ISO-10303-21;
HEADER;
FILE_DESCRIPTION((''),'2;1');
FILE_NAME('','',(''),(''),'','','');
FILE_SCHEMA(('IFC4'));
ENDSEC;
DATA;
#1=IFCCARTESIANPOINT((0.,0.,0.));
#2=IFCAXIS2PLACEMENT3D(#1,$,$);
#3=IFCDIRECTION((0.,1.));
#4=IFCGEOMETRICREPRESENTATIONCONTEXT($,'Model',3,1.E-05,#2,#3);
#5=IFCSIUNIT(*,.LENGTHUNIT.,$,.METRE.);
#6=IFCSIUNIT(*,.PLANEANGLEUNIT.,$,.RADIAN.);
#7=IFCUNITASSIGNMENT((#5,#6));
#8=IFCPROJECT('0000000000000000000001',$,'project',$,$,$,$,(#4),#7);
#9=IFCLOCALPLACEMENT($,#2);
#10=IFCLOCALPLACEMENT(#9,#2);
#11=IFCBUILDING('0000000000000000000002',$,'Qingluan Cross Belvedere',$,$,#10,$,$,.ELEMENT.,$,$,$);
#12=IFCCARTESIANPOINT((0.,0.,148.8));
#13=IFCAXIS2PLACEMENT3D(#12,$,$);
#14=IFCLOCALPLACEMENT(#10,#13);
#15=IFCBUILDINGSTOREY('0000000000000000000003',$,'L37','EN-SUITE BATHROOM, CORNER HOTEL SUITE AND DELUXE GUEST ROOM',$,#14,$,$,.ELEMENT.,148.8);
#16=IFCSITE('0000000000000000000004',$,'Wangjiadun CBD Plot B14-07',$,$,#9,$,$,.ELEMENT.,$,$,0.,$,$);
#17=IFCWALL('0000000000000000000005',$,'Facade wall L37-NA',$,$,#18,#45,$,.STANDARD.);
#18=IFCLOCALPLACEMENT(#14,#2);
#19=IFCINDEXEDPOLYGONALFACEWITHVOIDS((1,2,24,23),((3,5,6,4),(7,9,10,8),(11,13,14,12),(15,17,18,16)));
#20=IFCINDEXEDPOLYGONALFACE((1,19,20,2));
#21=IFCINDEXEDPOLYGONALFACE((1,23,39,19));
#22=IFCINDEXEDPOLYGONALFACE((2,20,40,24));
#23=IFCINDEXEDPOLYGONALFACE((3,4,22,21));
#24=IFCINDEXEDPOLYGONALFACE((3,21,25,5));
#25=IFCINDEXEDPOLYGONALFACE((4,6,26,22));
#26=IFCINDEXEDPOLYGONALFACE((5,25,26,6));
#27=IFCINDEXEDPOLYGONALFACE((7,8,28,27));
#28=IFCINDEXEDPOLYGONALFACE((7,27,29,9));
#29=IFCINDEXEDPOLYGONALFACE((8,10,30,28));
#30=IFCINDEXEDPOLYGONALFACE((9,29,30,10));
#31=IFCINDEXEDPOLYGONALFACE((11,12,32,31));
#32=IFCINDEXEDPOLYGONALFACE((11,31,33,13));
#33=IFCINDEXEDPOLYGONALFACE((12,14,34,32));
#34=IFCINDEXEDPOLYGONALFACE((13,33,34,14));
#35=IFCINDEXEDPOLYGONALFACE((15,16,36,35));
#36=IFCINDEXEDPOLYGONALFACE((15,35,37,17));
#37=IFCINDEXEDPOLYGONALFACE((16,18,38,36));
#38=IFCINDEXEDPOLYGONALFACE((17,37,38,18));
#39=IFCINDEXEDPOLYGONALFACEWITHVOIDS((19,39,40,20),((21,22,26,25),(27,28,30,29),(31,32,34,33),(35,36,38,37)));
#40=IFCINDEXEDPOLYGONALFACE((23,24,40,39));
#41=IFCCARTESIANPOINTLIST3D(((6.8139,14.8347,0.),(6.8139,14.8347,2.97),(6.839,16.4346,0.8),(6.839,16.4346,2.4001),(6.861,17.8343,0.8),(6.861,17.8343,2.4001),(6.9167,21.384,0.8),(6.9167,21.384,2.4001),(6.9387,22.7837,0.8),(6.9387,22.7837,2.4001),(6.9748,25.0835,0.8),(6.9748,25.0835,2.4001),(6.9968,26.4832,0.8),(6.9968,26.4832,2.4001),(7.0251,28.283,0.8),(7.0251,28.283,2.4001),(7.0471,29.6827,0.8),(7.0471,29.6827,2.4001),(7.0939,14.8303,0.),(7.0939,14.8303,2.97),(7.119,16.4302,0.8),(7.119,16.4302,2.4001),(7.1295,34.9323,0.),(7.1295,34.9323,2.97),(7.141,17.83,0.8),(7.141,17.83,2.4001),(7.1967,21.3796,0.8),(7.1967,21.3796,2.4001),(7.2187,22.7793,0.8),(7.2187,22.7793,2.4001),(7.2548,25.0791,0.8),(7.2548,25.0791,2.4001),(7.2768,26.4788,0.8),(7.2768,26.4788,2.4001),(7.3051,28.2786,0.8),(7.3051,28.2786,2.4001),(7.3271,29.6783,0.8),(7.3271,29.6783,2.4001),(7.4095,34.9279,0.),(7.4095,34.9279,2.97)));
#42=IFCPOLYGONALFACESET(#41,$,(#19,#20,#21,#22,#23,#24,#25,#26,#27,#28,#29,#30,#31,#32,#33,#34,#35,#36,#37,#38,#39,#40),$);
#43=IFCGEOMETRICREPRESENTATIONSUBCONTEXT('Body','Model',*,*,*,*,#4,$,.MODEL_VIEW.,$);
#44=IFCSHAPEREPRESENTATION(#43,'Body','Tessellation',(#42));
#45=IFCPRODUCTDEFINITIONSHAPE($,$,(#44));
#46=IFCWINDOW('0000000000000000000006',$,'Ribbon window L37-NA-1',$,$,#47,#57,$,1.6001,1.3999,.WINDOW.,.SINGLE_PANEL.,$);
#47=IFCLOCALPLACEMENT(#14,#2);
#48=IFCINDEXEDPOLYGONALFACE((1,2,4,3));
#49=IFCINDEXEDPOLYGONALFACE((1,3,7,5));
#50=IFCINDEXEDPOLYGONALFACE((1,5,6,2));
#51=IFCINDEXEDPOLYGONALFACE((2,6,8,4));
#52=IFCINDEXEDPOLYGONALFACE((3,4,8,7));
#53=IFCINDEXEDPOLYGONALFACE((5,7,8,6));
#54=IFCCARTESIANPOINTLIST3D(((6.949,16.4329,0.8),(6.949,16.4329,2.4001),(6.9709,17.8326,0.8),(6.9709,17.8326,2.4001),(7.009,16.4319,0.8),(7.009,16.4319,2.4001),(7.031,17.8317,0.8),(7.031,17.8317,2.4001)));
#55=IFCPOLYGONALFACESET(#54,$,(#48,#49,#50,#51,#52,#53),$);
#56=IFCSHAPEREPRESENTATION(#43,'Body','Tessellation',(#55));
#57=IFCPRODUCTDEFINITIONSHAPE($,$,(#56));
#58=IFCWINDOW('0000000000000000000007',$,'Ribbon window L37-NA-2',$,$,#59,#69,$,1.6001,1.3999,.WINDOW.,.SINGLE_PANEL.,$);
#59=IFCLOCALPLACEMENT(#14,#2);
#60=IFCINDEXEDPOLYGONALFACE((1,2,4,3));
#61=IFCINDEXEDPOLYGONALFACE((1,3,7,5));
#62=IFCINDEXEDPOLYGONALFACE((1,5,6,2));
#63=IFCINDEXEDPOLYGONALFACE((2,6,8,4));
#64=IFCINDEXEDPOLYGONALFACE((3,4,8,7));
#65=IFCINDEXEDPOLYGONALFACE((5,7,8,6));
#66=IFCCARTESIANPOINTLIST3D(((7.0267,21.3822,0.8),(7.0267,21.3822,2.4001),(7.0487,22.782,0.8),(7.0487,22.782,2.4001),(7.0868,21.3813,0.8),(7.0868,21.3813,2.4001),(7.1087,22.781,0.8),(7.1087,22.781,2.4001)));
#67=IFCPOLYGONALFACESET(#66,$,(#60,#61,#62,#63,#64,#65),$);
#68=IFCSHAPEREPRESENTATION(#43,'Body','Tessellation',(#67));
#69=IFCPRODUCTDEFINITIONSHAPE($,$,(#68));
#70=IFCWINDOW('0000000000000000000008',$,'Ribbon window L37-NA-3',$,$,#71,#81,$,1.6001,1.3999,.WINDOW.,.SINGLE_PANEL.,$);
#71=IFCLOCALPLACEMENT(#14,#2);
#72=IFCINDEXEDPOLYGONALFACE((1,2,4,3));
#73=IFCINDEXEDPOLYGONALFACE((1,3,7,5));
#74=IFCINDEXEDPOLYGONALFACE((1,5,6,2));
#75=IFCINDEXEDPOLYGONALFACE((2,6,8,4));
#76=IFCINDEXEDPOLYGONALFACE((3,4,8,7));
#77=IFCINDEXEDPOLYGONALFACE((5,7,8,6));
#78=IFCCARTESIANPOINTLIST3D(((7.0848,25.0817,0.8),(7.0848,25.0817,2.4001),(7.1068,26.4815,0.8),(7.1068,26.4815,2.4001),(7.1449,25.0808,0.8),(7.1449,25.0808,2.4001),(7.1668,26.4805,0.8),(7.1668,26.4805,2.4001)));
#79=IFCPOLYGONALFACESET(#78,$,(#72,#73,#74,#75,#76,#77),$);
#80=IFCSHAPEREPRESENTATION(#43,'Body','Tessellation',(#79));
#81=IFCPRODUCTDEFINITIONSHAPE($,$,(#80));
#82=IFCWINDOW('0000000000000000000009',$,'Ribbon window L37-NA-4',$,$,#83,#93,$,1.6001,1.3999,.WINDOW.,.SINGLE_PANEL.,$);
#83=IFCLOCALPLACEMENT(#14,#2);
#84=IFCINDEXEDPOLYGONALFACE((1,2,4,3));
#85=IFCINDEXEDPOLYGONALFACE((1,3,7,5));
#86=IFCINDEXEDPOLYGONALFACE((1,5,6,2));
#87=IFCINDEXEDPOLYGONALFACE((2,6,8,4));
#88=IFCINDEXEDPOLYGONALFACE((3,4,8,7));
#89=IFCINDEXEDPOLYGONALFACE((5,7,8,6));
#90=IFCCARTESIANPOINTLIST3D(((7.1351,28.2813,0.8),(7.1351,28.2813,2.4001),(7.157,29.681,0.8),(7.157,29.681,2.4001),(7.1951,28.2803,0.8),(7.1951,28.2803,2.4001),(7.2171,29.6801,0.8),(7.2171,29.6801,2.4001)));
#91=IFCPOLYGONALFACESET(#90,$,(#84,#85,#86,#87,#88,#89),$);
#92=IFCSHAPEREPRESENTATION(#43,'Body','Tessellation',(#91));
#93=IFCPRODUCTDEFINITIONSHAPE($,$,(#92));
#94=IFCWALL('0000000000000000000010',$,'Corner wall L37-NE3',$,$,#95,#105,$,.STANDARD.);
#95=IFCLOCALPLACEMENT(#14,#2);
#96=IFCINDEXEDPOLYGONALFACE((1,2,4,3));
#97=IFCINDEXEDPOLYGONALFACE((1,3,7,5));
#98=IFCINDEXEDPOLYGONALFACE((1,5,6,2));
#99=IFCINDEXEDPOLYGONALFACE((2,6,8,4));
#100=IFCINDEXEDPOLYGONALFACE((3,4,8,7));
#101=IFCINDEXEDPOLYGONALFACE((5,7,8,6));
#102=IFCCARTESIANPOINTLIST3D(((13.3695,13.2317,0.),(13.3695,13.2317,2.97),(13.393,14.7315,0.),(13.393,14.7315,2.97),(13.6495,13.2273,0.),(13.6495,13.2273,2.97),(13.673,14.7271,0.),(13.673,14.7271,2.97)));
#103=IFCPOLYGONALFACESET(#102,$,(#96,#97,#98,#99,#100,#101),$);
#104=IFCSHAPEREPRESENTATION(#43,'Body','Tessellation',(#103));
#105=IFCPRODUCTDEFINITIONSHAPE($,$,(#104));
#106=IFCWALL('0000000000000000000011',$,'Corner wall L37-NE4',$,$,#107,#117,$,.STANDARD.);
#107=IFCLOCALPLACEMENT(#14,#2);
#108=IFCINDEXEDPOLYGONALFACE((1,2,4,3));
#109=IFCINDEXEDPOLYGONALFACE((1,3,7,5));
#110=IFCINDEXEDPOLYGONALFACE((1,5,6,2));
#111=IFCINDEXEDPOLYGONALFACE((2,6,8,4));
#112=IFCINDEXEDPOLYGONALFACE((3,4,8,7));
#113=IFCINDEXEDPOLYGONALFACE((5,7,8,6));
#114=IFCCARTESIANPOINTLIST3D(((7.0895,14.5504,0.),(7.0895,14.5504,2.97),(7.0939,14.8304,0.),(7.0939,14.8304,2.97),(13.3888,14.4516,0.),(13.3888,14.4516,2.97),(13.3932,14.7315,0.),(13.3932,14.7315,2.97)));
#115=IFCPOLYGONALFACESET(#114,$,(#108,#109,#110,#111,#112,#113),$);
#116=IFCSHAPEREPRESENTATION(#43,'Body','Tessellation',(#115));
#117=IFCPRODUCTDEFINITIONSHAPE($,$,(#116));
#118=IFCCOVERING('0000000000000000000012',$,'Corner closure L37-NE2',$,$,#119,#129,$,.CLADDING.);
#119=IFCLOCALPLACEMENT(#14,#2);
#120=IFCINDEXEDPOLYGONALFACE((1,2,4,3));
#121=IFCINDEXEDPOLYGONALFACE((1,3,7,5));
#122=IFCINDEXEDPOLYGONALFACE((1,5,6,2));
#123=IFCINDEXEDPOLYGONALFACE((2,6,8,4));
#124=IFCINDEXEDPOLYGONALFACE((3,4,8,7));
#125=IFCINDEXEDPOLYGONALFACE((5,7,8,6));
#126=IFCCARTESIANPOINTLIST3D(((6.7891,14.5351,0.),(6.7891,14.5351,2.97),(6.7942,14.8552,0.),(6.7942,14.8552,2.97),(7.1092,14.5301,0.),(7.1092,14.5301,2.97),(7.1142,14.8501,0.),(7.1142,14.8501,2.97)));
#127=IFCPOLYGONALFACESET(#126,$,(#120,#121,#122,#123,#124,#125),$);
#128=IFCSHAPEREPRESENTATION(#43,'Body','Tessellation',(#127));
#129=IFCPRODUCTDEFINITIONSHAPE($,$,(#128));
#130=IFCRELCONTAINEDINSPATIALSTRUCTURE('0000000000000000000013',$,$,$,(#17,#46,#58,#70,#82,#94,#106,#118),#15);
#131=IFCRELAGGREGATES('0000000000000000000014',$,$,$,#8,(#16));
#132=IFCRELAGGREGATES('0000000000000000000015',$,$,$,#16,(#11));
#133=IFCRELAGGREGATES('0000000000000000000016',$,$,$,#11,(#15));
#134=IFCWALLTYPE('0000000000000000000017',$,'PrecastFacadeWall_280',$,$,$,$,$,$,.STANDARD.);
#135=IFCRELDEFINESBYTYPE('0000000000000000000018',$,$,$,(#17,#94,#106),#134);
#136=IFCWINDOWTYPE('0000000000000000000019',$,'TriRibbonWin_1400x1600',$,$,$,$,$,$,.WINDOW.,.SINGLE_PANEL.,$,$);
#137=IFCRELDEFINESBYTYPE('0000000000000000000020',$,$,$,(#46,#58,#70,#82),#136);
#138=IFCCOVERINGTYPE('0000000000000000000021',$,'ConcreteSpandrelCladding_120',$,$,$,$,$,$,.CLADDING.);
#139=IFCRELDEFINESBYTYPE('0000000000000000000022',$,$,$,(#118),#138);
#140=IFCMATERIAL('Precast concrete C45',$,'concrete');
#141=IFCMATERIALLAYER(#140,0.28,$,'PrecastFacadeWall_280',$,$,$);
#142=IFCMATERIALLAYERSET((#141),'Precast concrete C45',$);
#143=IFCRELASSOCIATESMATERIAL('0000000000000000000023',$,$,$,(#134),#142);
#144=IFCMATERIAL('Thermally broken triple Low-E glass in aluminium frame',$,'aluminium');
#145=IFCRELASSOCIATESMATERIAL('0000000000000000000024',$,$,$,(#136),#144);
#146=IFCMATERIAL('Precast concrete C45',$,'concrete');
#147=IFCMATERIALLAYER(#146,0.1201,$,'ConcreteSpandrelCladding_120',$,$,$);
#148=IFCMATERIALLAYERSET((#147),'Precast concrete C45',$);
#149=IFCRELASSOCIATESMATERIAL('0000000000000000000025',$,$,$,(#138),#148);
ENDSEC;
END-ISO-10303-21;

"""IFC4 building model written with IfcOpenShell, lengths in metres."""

from ifc_helpers import new_model, si_unit, direction, frame, frame_2d, origin, origin_2d, place, context, subcontext, project, spatial, rectangle, extrude, material, layer, layer_set, type_object, element, fill, save


model = new_model("IFC4")

# Units and contexts
model_context = context("Model", 3, precision=1e-05, world=origin(), true_north=direction((0.0, 1.0)))
body_context = subcontext(model_context, "Body", "Model", "MODEL_VIEW")
ifc_project = project(units=[si_unit("LENGTHUNIT", "METRE"), si_unit("PLANEANGLEUNIT", "RADIAN")], contexts=[model_context])

# Site, building, storey
site_placement = place(None, origin())
site = spatial("IfcSite", under=ifc_project, at=site_placement, Name="Wangjiadun CBD Plot B14-07", CompositionType="ELEMENT", RefElevation=0.0)
building_placement = place(site_placement, origin())
building = spatial("IfcBuilding", under=site, at=building_placement, Name="Qingluan Cross Belvedere", CompositionType="ELEMENT")
storey_placement = place(building_placement, frame((0.0, 0.0, 148.8)))
storey = spatial("IfcBuildingStorey", under=building, at=storey_placement, Name="L37", Description="EN-SUITE BATHROOM, CORNER HOTEL SUITE AND DELUXE GUEST ROOM", CompositionType="ELEMENT", Elevation=148.8)

# Wall, openings, windows
ifc_material_1 = material(Name="Precast concrete C45", Category="concrete")
ifc_layer_1 = layer(ifc_material_1, 0.28, Name="PrecastFacadeWall_280")
ifc_layer_set_1 = layer_set([ifc_layer_1], Name="Precast concrete C45")
wall_type_1 = type_object("IfcWallType", Name="PrecastFacadeWall_280", PredefinedType="STANDARD", material=ifc_layer_set_1)
wall_1_placement = place(storey_placement, frame((6.9539, 14.8325, 0.0), z_axis=(0.0, 0.0, 1.0), x_axis=(0.015705, 0.999877, 0.0)))
wall_1 = element("IfcWall", 1, at=wall_1_placement, inside=storey, type_object=wall_type_1, Name="Facade wall L37-NA", PredefinedType="STANDARD", context=body_context, shape_type="SweptSolid", body=[
    extrude(rectangle(XDim=20.1001, YDim=0.28, at=frame_2d((10.05, 0.0))), origin(), (0.0, 0.0, 1.0), 2.97),
])
opening_1_placement = place(wall_1_placement, frame((1.6001, 0.0, 0.8)))
opening_1 = element("IfcOpeningElement", 2, at=opening_1_placement, cuts=wall_1, PredefinedType="OPENING", context=body_context, shape_type="SweptSolid", body=[
    extrude(rectangle(XDim=1.3999, YDim=1.6001, at=frame_2d((0.7, 0.8))), frame((0.0, 0.1499, 0.0), z_axis=(0.0, -1.0, 0.0), x_axis=(1.0, 0.0, 0.0)), (0.0, 0.0, 1.0), 0.3),
])
opening_2_placement = place(wall_1_placement, frame((6.55, 0.0, 0.8)))
opening_2 = element("IfcOpeningElement", 3, at=opening_2_placement, cuts=wall_1, PredefinedType="OPENING", context=body_context, shape_type="SweptSolid", body=[
    extrude(rectangle(XDim=1.3999, YDim=1.6001, at=frame_2d((0.7, 0.8))), frame((0.0, 0.1499, 0.0), z_axis=(0.0, -1.0, 0.0), x_axis=(1.0, 0.0, 0.0)), (0.0, 0.0, 1.0), 0.3),
])
opening_3_placement = place(wall_1_placement, frame((10.25, 0.0, 0.8)))
opening_3 = element("IfcOpeningElement", 4, at=opening_3_placement, cuts=wall_1, PredefinedType="OPENING", context=body_context, shape_type="SweptSolid", body=[
    extrude(rectangle(XDim=1.3999, YDim=1.6001, at=frame_2d((0.7, 0.8))), frame((0.0, 0.1499, 0.0), z_axis=(0.0, -1.0, 0.0), x_axis=(1.0, 0.0, 0.0)), (0.0, 0.0, 1.0), 0.3),
])
opening_4_placement = place(wall_1_placement, frame((13.45, 0.0, 0.8)))
opening_4 = element("IfcOpeningElement", 5, at=opening_4_placement, cuts=wall_1, PredefinedType="OPENING", context=body_context, shape_type="SweptSolid", body=[
    extrude(rectangle(XDim=1.3999, YDim=1.6001, at=frame_2d((0.7, 0.8))), frame((0.0, 0.1499, 0.0), z_axis=(0.0, -1.0, 0.0), x_axis=(1.0, 0.0, 0.0)), (0.0, 0.0, 1.0), 0.3),
])
ifc_material_2 = material(Name="Thermally broken triple Low-E glass in aluminium frame", Category="aluminium")
window_type = type_object("IfcWindowType", Name="TriRibbonWin_1400x1600", PartitioningType="SINGLE_PANEL", PredefinedType="WINDOW", material=ifc_material_2)
window_1_placement = place(opening_1_placement, origin())
window_1 = element("IfcWindow", 6, at=window_1_placement, inside=storey, type_object=window_type, Name="Ribbon window L37-NA-1", OverallHeight=1.6001, OverallWidth=1.3999, PartitioningType="SINGLE_PANEL", PredefinedType="WINDOW", context=body_context, shape_type="SweptSolid", body=[
    extrude(rectangle(XDim=1.3999, YDim=1.6001, at=frame_2d((0.7, 0.8))), frame((0.0, 0.03, 0.0), z_axis=(0.0, -1.0, 0.0), x_axis=(1.0, 0.0, 0.0)), (0.0, 0.0, 1.0), 0.0601),
])
fill(opening_1, window_1)
window_2_placement = place(opening_2_placement, origin())
window_2 = element("IfcWindow", 7, at=window_2_placement, inside=storey, type_object=window_type, Name="Ribbon window L37-NA-2", OverallHeight=1.6001, OverallWidth=1.3999, PartitioningType="SINGLE_PANEL", PredefinedType="WINDOW", context=body_context, shape_type="SweptSolid", body=[
    extrude(rectangle(XDim=1.3999, YDim=1.6001, at=frame_2d((0.7, 0.8))), frame((0.0, 0.03, 0.0), z_axis=(0.0, -1.0, 0.0), x_axis=(1.0, 0.0, 0.0)), (0.0, 0.0, 1.0), 0.0601),
])
fill(opening_2, window_2)
window_3_placement = place(opening_3_placement, origin())
window_3 = element("IfcWindow", 8, at=window_3_placement, inside=storey, type_object=window_type, Name="Ribbon window L37-NA-3", OverallHeight=1.6001, OverallWidth=1.3999, PartitioningType="SINGLE_PANEL", PredefinedType="WINDOW", context=body_context, shape_type="SweptSolid", body=[
    extrude(rectangle(XDim=1.3999, YDim=1.6001, at=frame_2d((0.7, 0.8))), frame((0.0, 0.03, 0.0), z_axis=(0.0, -1.0, 0.0), x_axis=(1.0, 0.0, 0.0)), (0.0, 0.0, 1.0), 0.0601),
])
fill(opening_3, window_3)
window_4_placement = place(opening_4_placement, origin())
window_4 = element("IfcWindow", 9, at=window_4_placement, inside=storey, type_object=window_type, Name="Ribbon window L37-NA-4", OverallHeight=1.6001, OverallWidth=1.3999, PartitioningType="SINGLE_PANEL", PredefinedType="WINDOW", context=body_context, shape_type="SweptSolid", body=[
    extrude(rectangle(XDim=1.3999, YDim=1.6001, at=frame_2d((0.7, 0.8))), frame((0.0, 0.03, 0.0), z_axis=(0.0, -1.0, 0.0), x_axis=(1.0, 0.0, 0.0)), (0.0, 0.0, 1.0), 0.0601),
])
fill(opening_4, window_4)

# Walls
wall_2_placement = place(storey_placement, frame((13.5095, 13.2295, 0.0), z_axis=(0.0, 0.0, 1.0), x_axis=(0.015626, 0.999878, 0.0)))
element("IfcWall", 10, at=wall_2_placement, inside=storey, type_object=wall_type_1, Name="Corner wall L37-NE3", PredefinedType="STANDARD", context=body_context, shape_type="SweptSolid", body=[
    extrude(rectangle(XDim=1.5, YDim=0.28, at=frame_2d((0.75, 0.0))), origin(), (0.0, 0.0, 1.0), 2.97),
])
wall_3_placement = place(storey_placement, frame((13.3909, 14.5916, 0.0), z_axis=(0.0, 0.0, 1.0), x_axis=(-0.999877, 0.015695, 0.0)))
element("IfcWall", 11, at=wall_3_placement, inside=storey, type_object=wall_type_1, Name="Corner wall L37-NE4", PredefinedType="STANDARD", context=body_context, shape_type="SweptSolid", body=[
    extrude(rectangle(XDim=6.3, YDim=0.28, at=frame_2d((3.1499, 0.0))), origin(), (0.0, 0.0, 1.0), 2.97),
])

# Covering
ifc_material_3 = material(Name="Precast concrete C45", Category="concrete")
ifc_layer_2 = layer(ifc_material_3, 0.1201, Name="ConcreteSpandrelCladding_120")
ifc_layer_set_2 = layer_set([ifc_layer_2], Name="Precast concrete C45")
covering_type = type_object("IfcCoveringType", Name="ConcreteSpandrelCladding_120", PredefinedType="CLADDING", material=ifc_layer_set_2)
covering_placement = place(storey_placement, frame((6.9517, 14.6926, 0.0), z_axis=(0.0, 0.0, 1.0), x_axis=(0.999877, -0.015707, 0.0)))
element("IfcCovering", 12, at=covering_placement, inside=storey, type_object=covering_type, Name="Corner closure L37-NE2", PredefinedType="CLADDING", context=body_context, shape_type="SweptSolid", body=[
    extrude(rectangle(XDim=0.3201, YDim=0.3201, at=origin_2d()), origin(), (0.0, 0.0, 1.0), 2.97),
])

save(model, "model.ifc")
